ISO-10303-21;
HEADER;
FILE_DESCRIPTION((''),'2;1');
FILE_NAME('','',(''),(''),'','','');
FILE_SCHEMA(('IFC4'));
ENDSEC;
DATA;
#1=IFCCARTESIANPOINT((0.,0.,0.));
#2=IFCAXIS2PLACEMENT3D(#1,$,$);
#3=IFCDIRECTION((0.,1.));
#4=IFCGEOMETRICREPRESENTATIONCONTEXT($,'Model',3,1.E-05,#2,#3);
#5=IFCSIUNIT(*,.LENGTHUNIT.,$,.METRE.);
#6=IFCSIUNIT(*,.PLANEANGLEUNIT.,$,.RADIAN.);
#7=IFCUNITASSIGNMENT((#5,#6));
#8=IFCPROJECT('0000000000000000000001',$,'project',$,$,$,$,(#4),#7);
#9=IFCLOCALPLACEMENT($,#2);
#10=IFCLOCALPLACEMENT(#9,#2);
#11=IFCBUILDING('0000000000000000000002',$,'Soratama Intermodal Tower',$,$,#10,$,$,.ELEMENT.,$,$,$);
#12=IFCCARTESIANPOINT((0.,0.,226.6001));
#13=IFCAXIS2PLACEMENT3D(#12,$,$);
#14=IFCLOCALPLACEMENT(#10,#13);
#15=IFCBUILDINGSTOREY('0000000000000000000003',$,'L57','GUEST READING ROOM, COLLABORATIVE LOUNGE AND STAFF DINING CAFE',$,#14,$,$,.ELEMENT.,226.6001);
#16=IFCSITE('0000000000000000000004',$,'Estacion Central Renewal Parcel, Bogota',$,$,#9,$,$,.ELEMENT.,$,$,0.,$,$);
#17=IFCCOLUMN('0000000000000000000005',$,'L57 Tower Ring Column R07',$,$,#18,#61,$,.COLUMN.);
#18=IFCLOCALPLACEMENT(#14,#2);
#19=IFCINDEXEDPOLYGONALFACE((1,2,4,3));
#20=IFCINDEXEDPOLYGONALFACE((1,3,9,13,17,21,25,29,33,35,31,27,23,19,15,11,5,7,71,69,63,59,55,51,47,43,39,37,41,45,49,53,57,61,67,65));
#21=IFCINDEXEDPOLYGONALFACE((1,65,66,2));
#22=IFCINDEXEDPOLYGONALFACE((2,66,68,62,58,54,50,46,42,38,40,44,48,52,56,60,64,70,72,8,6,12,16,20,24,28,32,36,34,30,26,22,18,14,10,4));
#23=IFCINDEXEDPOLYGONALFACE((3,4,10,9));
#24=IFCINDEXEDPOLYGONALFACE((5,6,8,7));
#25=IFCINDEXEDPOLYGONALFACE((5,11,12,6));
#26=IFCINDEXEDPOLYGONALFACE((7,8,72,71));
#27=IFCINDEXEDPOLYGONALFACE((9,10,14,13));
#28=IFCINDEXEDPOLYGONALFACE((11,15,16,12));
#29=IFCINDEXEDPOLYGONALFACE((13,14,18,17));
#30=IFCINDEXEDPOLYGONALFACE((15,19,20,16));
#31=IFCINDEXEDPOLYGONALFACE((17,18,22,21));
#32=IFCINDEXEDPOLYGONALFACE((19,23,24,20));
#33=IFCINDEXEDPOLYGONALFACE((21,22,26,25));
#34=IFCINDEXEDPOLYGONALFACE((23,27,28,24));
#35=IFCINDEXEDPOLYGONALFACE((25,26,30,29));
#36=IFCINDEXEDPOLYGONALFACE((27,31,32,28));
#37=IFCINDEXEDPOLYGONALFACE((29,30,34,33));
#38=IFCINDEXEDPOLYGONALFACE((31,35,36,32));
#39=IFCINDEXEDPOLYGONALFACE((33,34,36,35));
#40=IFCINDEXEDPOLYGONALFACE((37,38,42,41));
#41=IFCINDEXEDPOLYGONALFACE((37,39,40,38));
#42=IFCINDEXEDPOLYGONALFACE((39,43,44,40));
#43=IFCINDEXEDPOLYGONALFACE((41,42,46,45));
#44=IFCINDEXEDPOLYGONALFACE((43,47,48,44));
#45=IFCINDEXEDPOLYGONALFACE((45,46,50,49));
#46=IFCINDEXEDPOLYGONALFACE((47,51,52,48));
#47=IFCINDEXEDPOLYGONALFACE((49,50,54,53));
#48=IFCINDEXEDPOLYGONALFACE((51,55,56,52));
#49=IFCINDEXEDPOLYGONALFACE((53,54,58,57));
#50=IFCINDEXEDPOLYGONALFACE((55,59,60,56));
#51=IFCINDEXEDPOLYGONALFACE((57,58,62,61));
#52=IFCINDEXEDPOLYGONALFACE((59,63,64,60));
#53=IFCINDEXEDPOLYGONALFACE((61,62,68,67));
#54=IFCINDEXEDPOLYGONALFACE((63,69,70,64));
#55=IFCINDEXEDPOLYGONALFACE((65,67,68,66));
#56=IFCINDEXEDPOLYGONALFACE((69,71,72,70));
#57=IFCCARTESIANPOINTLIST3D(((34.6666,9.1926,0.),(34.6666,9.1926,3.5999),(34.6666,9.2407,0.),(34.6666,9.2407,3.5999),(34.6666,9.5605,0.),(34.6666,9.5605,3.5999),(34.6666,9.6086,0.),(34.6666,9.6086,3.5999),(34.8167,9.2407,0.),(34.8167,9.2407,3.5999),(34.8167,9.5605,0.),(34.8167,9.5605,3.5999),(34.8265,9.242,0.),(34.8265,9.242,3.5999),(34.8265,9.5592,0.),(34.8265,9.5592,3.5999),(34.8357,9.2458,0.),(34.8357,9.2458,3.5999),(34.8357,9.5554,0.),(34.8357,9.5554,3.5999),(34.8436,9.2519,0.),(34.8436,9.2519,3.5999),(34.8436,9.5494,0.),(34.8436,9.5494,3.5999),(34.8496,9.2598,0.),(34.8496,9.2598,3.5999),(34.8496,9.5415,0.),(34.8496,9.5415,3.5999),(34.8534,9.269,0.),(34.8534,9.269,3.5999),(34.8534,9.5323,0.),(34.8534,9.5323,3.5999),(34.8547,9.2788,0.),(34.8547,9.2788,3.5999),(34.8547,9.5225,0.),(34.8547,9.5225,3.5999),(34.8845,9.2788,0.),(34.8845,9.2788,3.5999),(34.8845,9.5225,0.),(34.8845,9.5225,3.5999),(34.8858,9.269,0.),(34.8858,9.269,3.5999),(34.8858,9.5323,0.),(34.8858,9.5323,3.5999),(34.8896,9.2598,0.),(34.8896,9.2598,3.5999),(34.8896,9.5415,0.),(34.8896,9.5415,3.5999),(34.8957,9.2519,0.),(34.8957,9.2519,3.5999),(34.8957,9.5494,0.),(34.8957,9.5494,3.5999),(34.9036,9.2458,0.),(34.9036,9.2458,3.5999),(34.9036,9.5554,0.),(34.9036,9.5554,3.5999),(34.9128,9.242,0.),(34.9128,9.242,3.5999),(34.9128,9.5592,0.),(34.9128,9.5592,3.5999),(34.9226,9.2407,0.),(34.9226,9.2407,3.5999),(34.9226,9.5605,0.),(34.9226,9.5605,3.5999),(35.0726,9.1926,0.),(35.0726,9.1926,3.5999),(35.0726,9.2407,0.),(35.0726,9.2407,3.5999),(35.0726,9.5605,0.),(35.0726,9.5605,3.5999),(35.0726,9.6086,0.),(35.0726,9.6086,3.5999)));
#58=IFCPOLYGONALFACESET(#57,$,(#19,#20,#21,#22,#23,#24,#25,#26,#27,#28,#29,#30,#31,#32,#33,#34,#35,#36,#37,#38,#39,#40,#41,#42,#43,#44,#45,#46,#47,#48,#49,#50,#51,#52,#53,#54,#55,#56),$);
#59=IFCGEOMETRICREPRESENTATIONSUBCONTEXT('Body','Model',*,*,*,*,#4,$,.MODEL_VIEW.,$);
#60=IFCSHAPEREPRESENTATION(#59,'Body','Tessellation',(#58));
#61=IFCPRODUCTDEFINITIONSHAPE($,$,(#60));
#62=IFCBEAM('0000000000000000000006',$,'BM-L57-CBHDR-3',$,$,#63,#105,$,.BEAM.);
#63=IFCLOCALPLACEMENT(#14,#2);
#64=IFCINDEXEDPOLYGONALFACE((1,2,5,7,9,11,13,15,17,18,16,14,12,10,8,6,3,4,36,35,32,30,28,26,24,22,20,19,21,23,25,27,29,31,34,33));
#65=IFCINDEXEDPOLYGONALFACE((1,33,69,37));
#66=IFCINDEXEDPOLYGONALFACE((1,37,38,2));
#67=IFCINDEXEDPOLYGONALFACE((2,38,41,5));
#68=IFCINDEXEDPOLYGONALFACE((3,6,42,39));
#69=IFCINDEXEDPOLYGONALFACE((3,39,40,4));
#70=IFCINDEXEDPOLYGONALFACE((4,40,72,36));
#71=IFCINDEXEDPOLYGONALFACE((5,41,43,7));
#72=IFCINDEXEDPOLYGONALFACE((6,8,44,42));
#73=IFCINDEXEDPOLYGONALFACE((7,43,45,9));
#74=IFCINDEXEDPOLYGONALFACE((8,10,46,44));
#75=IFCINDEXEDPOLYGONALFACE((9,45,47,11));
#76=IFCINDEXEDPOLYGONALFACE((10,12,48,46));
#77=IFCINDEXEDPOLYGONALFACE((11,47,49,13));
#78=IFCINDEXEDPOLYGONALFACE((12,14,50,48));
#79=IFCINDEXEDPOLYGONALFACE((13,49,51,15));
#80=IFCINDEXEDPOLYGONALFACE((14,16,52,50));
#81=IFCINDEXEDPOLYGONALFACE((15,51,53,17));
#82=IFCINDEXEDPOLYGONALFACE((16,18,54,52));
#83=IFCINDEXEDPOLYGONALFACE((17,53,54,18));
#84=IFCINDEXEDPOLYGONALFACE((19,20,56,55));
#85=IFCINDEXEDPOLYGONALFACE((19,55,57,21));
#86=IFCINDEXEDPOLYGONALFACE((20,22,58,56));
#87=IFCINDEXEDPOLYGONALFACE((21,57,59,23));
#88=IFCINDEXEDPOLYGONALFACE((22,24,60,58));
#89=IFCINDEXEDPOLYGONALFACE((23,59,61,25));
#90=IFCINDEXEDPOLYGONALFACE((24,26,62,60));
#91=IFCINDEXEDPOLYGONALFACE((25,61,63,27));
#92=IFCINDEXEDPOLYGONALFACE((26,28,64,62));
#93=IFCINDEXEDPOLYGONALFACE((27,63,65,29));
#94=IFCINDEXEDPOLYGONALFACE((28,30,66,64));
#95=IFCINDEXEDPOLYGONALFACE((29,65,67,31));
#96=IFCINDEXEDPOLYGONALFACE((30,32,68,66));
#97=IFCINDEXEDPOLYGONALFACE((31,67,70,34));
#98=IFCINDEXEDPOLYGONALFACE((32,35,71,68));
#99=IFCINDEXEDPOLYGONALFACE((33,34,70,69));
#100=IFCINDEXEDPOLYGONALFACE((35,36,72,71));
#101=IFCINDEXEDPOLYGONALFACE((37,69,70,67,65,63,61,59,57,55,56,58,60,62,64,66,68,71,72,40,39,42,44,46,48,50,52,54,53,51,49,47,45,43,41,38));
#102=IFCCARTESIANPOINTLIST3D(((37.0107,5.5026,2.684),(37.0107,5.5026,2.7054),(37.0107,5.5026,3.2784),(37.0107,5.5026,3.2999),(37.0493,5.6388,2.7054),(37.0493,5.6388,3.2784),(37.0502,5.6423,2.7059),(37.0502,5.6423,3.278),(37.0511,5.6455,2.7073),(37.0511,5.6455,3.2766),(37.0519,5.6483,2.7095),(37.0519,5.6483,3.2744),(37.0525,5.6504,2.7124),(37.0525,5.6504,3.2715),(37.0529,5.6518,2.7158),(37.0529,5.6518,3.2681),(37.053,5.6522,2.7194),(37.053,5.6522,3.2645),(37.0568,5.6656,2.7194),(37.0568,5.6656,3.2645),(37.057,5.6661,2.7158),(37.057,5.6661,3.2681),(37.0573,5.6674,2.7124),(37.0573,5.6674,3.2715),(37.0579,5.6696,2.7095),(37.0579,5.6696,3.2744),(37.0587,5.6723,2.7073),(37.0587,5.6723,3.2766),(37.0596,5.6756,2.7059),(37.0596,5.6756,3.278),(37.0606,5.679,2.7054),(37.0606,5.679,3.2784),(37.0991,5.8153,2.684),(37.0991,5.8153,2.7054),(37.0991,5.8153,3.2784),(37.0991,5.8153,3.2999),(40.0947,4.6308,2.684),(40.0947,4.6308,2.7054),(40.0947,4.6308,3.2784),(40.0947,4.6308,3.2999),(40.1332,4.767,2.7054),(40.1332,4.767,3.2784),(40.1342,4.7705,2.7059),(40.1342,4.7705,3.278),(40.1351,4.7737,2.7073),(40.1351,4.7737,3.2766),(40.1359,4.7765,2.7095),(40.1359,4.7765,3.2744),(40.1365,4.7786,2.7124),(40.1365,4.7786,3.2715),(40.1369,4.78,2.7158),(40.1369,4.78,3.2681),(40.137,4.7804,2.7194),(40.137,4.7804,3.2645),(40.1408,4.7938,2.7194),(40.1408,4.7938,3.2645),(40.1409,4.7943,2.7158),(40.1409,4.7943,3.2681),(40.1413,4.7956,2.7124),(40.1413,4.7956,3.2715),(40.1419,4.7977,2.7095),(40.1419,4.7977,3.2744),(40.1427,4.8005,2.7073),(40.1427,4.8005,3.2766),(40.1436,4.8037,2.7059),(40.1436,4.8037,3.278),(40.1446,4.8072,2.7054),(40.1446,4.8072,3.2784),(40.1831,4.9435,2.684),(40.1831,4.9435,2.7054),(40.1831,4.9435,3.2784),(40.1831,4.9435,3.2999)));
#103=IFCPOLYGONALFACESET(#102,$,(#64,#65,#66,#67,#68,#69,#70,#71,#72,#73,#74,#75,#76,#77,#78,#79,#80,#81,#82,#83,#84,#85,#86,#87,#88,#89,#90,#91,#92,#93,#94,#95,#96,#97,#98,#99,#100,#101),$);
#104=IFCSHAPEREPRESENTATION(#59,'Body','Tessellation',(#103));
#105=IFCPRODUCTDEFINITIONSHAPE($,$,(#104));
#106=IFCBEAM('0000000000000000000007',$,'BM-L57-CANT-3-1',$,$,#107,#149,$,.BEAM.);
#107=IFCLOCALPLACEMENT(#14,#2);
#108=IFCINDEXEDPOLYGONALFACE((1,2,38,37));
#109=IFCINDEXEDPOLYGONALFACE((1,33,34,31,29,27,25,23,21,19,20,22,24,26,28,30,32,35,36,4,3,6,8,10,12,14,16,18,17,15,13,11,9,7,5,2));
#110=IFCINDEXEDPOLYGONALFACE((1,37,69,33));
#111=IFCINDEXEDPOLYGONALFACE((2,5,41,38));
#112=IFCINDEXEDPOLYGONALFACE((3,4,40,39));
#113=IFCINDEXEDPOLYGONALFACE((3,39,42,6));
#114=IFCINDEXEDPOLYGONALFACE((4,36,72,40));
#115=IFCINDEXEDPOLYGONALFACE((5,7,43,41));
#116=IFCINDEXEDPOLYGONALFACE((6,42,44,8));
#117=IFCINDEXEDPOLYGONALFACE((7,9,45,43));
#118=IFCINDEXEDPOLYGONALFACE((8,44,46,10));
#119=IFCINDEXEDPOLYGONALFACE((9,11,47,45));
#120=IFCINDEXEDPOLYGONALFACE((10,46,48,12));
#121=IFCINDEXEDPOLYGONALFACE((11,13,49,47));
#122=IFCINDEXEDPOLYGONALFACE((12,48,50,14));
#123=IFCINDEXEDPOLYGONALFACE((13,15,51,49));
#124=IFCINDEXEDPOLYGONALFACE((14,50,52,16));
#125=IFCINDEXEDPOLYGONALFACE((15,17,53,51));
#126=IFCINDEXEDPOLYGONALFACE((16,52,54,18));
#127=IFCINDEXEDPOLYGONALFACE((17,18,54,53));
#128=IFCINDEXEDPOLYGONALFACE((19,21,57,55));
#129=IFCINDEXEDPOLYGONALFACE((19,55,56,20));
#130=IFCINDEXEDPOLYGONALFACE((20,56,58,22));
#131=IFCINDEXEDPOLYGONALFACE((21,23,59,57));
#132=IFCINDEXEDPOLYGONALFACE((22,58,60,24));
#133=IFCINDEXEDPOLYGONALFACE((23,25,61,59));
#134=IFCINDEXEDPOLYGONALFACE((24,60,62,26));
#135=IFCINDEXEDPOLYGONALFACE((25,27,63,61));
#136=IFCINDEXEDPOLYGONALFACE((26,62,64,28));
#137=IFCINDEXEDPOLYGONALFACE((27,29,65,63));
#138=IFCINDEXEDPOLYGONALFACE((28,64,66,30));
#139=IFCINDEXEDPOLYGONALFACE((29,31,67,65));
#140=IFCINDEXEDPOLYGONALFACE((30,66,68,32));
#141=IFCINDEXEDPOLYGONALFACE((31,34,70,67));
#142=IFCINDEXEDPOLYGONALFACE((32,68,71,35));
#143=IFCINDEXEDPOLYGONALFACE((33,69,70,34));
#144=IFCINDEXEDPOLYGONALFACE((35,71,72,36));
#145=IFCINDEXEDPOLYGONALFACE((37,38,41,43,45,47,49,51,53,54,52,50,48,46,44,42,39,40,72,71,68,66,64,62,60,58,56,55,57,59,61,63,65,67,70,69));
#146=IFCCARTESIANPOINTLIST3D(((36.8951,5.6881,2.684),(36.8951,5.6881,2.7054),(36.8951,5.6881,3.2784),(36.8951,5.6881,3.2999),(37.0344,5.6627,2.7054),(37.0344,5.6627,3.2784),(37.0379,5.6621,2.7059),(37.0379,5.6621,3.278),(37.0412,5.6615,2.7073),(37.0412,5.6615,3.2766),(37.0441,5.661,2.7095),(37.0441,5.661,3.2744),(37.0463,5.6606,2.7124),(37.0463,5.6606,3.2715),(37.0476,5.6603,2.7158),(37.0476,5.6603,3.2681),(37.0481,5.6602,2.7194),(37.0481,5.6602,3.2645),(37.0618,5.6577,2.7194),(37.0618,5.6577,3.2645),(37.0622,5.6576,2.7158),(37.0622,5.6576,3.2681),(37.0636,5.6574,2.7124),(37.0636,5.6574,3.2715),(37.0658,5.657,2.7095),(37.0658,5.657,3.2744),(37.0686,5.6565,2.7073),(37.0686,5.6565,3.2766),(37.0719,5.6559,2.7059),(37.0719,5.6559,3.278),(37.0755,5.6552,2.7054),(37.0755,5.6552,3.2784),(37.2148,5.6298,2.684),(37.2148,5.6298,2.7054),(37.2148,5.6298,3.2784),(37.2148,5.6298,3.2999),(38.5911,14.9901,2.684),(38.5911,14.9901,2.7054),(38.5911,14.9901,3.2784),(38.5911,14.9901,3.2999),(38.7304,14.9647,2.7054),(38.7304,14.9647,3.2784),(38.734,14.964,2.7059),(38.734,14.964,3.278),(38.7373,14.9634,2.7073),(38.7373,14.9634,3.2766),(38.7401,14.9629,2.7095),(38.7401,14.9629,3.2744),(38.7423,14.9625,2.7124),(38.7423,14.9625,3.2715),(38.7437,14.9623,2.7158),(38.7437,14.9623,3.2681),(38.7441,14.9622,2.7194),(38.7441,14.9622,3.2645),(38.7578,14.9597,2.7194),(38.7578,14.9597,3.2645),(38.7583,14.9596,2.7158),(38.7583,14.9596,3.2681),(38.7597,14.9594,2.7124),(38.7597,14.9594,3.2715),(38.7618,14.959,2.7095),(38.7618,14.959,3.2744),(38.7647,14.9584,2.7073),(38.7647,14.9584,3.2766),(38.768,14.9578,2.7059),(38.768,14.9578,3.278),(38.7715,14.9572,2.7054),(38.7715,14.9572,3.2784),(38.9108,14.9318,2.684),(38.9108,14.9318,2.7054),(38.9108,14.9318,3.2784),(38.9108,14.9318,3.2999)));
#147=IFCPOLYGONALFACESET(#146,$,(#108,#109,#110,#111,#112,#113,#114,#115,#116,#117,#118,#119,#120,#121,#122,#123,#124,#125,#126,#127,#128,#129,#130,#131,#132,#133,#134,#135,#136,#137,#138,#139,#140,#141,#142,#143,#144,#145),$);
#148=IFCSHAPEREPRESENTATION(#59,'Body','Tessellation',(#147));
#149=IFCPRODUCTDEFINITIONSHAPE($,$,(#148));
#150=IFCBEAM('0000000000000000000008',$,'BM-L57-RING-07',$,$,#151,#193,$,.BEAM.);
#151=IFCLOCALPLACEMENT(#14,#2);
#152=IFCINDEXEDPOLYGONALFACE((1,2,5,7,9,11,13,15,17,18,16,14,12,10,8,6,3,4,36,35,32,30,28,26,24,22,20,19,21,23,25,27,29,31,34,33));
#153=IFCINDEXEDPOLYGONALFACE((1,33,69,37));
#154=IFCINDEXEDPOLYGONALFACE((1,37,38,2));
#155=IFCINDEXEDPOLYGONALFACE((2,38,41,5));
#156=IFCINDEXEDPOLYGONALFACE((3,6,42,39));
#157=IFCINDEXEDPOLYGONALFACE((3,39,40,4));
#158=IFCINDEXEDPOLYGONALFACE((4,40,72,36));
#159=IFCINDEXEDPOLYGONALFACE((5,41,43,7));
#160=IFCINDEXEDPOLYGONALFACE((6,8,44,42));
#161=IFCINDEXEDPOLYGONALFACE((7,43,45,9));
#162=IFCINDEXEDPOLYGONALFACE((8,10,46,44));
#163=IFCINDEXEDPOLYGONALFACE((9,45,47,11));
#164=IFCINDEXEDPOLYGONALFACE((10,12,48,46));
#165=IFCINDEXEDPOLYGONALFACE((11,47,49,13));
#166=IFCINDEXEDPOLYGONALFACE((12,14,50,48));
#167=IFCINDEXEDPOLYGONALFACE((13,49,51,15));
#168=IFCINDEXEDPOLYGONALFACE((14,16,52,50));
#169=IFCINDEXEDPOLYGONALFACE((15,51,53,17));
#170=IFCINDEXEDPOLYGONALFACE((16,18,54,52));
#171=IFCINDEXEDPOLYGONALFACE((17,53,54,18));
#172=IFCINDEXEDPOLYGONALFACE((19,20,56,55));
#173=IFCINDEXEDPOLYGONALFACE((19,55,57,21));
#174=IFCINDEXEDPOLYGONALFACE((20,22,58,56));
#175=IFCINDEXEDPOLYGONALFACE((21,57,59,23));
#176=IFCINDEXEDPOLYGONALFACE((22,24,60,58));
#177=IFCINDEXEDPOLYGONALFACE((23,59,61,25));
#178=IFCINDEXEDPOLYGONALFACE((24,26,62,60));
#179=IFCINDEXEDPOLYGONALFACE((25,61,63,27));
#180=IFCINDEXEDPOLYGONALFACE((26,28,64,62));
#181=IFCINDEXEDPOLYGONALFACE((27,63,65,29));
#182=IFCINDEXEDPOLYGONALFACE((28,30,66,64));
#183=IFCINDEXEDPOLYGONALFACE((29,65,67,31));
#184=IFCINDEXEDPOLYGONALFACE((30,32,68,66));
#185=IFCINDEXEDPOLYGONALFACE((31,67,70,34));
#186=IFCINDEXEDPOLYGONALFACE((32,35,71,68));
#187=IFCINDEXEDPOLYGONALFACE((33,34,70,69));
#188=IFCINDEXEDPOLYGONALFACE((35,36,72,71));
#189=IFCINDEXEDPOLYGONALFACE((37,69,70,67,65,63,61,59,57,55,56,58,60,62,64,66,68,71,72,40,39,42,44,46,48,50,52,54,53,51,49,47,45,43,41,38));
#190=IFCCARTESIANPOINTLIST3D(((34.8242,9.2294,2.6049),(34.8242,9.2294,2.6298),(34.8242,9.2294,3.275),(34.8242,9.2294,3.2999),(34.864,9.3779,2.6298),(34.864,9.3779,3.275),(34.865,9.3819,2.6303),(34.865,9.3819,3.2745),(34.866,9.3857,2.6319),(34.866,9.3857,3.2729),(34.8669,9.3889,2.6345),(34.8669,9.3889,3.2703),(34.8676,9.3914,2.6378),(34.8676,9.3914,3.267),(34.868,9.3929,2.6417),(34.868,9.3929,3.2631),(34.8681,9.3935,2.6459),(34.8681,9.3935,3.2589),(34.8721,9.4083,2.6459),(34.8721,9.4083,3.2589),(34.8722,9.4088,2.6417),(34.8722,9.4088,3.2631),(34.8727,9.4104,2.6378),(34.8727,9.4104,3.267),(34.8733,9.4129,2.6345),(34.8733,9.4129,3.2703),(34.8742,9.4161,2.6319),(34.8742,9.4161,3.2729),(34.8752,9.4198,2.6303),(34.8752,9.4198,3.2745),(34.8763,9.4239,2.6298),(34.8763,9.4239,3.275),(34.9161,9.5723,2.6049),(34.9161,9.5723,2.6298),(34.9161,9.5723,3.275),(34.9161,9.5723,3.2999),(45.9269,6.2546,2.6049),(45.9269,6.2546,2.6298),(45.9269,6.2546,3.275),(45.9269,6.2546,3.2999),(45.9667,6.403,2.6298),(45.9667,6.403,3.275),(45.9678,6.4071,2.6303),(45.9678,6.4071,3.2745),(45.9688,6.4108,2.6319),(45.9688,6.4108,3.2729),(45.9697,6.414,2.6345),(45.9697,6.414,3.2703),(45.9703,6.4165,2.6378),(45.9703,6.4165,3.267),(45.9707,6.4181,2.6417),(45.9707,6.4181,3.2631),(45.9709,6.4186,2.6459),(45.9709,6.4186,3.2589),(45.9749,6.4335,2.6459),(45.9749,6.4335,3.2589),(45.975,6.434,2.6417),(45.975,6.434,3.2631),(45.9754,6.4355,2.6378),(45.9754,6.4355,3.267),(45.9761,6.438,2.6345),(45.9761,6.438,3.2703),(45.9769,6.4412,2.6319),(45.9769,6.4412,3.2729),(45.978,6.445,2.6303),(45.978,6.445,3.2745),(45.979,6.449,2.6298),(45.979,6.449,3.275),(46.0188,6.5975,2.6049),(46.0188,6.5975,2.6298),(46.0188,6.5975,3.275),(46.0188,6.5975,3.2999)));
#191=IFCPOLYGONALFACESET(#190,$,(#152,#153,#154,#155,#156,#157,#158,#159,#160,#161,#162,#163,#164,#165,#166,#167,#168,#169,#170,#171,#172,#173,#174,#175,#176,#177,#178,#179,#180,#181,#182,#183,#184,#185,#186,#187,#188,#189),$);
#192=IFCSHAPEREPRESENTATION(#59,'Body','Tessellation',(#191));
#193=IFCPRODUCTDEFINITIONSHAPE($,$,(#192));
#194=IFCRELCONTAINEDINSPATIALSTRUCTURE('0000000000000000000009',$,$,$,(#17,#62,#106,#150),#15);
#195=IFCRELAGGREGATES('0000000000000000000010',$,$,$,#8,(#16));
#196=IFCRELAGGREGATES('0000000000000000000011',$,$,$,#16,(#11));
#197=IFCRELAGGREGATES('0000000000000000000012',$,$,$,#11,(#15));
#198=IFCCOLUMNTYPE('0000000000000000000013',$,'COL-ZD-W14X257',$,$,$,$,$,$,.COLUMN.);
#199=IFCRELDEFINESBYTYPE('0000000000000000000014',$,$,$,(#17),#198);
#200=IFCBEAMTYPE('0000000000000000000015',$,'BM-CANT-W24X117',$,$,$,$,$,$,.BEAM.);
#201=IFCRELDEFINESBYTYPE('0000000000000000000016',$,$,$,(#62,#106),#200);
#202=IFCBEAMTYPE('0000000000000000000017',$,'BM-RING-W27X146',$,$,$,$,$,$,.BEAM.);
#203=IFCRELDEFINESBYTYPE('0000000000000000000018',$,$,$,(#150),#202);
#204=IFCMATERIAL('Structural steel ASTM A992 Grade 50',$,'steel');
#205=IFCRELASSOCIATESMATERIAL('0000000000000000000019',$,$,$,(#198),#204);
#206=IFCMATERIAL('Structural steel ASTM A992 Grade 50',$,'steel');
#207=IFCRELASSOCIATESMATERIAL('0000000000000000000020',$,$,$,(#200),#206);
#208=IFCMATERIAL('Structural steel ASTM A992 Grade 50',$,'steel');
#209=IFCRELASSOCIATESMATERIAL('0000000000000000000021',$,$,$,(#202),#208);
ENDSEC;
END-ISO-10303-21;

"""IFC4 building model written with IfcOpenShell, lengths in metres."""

from ifc_helpers import new_model, si_unit, direction, frame, origin, origin_2d, place, context, subcontext, project, spatial, i_section, extrude, material, material_profile, profile_set, type_object, element, save


model = new_model("IFC4")

# Units and contexts
model_context = context("Model", 3, precision=1e-05, world=origin(), true_north=direction((0.0, 1.0)))
body_context = subcontext(model_context, "Body", "Model", "MODEL_VIEW")
ifc_project = project(units=[si_unit("LENGTHUNIT", "METRE"), si_unit("PLANEANGLEUNIT", "RADIAN")], contexts=[model_context])

# Site, building, storey
site_placement = place(None, origin())
site = spatial("IfcSite", under=ifc_project, at=site_placement, Name="Estacion Central Renewal Parcel, Bogota", CompositionType="ELEMENT", RefElevation=0.0)
building_placement = place(site_placement, origin())
building = spatial("IfcBuilding", under=site, at=building_placement, Name="Soratama Intermodal Tower", CompositionType="ELEMENT")
storey_placement = place(building_placement, frame((0.0, 0.0, 226.6001)))
storey = spatial("IfcBuildingStorey", under=building, at=storey_placement, Name="L57", Description="GUEST READING ROOM, COLLABORATIVE LOUNGE AND STAFF DINING CAFE", CompositionType="ELEMENT", Elevation=226.6001)

# Column
ifc_material_1 = material(Name="Structural steel ASTM A992 Grade 50", Category="steel")
ifc_material_profile_1 = material_profile(ifc_material_1, i_section(OverallWidth=0.406, OverallDepth=0.416, WebThickness=0.0298, FlangeThickness=0.0481, FilletRadius=0.0381, at=origin_2d()), Name="W14X257")
ifc_profile_set_1 = profile_set([ifc_material_profile_1], Name="Structural steel ASTM A992 Grade 50")
column_type = type_object("IfcColumnType", Name="COL-ZD-W14X257", PredefinedType="COLUMN", material=ifc_profile_set_1)
column_placement = place(storey_placement, frame((34.8696, 9.4006, 0.0), z_axis=(0.0, 0.0, 1.0), x_axis=(1.0, 0.0, 0.0)))
element("IfcColumn", 1, at=column_placement, inside=storey, type_object=column_type, Name="L57 Tower Ring Column R07", PredefinedType="COLUMN", context=body_context, shape_type="SweptSolid", body=[
    extrude(i_section(OverallWidth=0.406, OverallDepth=0.416, WebThickness=0.0298, FlangeThickness=0.0481, FilletRadius=0.0381, at=origin_2d()), origin(), (0.0, 0.0, 1.0), 3.5999),
])

# Beams
ifc_material_2 = material(Name="Structural steel ASTM A992 Grade 50", Category="steel")
ifc_material_profile_2 = material_profile(ifc_material_2, i_section(OverallWidth=0.325, OverallDepth=0.616, WebThickness=0.0139, FlangeThickness=0.0215, FilletRadius=0.0139, at=origin_2d()), Name="W24X117")
ifc_profile_set_2 = profile_set([ifc_material_profile_2], Name="Structural steel ASTM A992 Grade 50")
beam_type_1 = type_object("IfcBeamType", Name="BM-CANT-W24X117", PredefinedType="BEAM", material=ifc_profile_set_2)
beam_1_placement = place(storey_placement, frame((37.0549, 5.6589, 2.9919), z_axis=(0.962288, -0.272034, 0.0), x_axis=(0.272034, 0.962288, 0.0)))
element("IfcBeam", 2, at=beam_1_placement, inside=storey, type_object=beam_type_1, Name="BM-L57-CBHDR-3", PredefinedType="BEAM", context=body_context, shape_type="SweptSolid", body=[
    extrude(i_section(OverallWidth=0.325, OverallDepth=0.616, WebThickness=0.0139, FlangeThickness=0.0215, FilletRadius=0.0139, at=origin_2d()), origin(), (0.0, 0.0, 1.0), 3.2048),
])
beam_2_placement = place(storey_placement, frame((38.751, 14.9609, 2.9919), z_axis=(-0.179374, -0.983781, 0.0), x_axis=(0.983781, -0.179374, 0.0)))
element("IfcBeam", 3, at=beam_2_placement, inside=storey, type_object=beam_type_1, Name="BM-L57-CANT-3-1", PredefinedType="BEAM", context=body_context, shape_type="SweptSolid", body=[
    extrude(i_section(OverallWidth=0.325, OverallDepth=0.616, WebThickness=0.0139, FlangeThickness=0.0215, FilletRadius=0.0139, at=origin_2d()), origin(), (0.0, 0.0, 1.0), 9.4553),
])
ifc_material_3 = material(Name="Structural steel ASTM A992 Grade 50", Category="steel")
ifc_material_profile_3 = material_profile(ifc_material_3, i_section(OverallWidth=0.355, OverallDepth=0.6951, WebThickness=0.0154, FlangeThickness=0.0249, FilletRadius=0.0161, at=origin_2d()), Name="W27X146")
ifc_profile_set_3 = profile_set([ifc_material_profile_3], Name="Structural steel ASTM A992 Grade 50")
beam_type_2 = type_object("IfcBeamType", Name="BM-RING-W27X146", PredefinedType="BEAM", material=ifc_profile_set_3)
beam_3_placement = place(storey_placement, frame((34.8701, 9.4009, 2.9524), z_axis=(0.965929, -0.258809, 0.0), x_axis=(0.258809, 0.965929, 0.0)))
element("IfcBeam", 4, at=beam_3_placement, inside=storey, type_object=beam_type_2, Name="BM-L57-RING-07", PredefinedType="BEAM", context=body_context, shape_type="SweptSolid", body=[
    extrude(i_section(OverallWidth=0.355, OverallDepth=0.6951, WebThickness=0.0154, FlangeThickness=0.0249, FilletRadius=0.0161, at=origin_2d()), origin(), (0.0, 0.0, 1.0), 11.4944),
])

save(model, "model.ifc")
